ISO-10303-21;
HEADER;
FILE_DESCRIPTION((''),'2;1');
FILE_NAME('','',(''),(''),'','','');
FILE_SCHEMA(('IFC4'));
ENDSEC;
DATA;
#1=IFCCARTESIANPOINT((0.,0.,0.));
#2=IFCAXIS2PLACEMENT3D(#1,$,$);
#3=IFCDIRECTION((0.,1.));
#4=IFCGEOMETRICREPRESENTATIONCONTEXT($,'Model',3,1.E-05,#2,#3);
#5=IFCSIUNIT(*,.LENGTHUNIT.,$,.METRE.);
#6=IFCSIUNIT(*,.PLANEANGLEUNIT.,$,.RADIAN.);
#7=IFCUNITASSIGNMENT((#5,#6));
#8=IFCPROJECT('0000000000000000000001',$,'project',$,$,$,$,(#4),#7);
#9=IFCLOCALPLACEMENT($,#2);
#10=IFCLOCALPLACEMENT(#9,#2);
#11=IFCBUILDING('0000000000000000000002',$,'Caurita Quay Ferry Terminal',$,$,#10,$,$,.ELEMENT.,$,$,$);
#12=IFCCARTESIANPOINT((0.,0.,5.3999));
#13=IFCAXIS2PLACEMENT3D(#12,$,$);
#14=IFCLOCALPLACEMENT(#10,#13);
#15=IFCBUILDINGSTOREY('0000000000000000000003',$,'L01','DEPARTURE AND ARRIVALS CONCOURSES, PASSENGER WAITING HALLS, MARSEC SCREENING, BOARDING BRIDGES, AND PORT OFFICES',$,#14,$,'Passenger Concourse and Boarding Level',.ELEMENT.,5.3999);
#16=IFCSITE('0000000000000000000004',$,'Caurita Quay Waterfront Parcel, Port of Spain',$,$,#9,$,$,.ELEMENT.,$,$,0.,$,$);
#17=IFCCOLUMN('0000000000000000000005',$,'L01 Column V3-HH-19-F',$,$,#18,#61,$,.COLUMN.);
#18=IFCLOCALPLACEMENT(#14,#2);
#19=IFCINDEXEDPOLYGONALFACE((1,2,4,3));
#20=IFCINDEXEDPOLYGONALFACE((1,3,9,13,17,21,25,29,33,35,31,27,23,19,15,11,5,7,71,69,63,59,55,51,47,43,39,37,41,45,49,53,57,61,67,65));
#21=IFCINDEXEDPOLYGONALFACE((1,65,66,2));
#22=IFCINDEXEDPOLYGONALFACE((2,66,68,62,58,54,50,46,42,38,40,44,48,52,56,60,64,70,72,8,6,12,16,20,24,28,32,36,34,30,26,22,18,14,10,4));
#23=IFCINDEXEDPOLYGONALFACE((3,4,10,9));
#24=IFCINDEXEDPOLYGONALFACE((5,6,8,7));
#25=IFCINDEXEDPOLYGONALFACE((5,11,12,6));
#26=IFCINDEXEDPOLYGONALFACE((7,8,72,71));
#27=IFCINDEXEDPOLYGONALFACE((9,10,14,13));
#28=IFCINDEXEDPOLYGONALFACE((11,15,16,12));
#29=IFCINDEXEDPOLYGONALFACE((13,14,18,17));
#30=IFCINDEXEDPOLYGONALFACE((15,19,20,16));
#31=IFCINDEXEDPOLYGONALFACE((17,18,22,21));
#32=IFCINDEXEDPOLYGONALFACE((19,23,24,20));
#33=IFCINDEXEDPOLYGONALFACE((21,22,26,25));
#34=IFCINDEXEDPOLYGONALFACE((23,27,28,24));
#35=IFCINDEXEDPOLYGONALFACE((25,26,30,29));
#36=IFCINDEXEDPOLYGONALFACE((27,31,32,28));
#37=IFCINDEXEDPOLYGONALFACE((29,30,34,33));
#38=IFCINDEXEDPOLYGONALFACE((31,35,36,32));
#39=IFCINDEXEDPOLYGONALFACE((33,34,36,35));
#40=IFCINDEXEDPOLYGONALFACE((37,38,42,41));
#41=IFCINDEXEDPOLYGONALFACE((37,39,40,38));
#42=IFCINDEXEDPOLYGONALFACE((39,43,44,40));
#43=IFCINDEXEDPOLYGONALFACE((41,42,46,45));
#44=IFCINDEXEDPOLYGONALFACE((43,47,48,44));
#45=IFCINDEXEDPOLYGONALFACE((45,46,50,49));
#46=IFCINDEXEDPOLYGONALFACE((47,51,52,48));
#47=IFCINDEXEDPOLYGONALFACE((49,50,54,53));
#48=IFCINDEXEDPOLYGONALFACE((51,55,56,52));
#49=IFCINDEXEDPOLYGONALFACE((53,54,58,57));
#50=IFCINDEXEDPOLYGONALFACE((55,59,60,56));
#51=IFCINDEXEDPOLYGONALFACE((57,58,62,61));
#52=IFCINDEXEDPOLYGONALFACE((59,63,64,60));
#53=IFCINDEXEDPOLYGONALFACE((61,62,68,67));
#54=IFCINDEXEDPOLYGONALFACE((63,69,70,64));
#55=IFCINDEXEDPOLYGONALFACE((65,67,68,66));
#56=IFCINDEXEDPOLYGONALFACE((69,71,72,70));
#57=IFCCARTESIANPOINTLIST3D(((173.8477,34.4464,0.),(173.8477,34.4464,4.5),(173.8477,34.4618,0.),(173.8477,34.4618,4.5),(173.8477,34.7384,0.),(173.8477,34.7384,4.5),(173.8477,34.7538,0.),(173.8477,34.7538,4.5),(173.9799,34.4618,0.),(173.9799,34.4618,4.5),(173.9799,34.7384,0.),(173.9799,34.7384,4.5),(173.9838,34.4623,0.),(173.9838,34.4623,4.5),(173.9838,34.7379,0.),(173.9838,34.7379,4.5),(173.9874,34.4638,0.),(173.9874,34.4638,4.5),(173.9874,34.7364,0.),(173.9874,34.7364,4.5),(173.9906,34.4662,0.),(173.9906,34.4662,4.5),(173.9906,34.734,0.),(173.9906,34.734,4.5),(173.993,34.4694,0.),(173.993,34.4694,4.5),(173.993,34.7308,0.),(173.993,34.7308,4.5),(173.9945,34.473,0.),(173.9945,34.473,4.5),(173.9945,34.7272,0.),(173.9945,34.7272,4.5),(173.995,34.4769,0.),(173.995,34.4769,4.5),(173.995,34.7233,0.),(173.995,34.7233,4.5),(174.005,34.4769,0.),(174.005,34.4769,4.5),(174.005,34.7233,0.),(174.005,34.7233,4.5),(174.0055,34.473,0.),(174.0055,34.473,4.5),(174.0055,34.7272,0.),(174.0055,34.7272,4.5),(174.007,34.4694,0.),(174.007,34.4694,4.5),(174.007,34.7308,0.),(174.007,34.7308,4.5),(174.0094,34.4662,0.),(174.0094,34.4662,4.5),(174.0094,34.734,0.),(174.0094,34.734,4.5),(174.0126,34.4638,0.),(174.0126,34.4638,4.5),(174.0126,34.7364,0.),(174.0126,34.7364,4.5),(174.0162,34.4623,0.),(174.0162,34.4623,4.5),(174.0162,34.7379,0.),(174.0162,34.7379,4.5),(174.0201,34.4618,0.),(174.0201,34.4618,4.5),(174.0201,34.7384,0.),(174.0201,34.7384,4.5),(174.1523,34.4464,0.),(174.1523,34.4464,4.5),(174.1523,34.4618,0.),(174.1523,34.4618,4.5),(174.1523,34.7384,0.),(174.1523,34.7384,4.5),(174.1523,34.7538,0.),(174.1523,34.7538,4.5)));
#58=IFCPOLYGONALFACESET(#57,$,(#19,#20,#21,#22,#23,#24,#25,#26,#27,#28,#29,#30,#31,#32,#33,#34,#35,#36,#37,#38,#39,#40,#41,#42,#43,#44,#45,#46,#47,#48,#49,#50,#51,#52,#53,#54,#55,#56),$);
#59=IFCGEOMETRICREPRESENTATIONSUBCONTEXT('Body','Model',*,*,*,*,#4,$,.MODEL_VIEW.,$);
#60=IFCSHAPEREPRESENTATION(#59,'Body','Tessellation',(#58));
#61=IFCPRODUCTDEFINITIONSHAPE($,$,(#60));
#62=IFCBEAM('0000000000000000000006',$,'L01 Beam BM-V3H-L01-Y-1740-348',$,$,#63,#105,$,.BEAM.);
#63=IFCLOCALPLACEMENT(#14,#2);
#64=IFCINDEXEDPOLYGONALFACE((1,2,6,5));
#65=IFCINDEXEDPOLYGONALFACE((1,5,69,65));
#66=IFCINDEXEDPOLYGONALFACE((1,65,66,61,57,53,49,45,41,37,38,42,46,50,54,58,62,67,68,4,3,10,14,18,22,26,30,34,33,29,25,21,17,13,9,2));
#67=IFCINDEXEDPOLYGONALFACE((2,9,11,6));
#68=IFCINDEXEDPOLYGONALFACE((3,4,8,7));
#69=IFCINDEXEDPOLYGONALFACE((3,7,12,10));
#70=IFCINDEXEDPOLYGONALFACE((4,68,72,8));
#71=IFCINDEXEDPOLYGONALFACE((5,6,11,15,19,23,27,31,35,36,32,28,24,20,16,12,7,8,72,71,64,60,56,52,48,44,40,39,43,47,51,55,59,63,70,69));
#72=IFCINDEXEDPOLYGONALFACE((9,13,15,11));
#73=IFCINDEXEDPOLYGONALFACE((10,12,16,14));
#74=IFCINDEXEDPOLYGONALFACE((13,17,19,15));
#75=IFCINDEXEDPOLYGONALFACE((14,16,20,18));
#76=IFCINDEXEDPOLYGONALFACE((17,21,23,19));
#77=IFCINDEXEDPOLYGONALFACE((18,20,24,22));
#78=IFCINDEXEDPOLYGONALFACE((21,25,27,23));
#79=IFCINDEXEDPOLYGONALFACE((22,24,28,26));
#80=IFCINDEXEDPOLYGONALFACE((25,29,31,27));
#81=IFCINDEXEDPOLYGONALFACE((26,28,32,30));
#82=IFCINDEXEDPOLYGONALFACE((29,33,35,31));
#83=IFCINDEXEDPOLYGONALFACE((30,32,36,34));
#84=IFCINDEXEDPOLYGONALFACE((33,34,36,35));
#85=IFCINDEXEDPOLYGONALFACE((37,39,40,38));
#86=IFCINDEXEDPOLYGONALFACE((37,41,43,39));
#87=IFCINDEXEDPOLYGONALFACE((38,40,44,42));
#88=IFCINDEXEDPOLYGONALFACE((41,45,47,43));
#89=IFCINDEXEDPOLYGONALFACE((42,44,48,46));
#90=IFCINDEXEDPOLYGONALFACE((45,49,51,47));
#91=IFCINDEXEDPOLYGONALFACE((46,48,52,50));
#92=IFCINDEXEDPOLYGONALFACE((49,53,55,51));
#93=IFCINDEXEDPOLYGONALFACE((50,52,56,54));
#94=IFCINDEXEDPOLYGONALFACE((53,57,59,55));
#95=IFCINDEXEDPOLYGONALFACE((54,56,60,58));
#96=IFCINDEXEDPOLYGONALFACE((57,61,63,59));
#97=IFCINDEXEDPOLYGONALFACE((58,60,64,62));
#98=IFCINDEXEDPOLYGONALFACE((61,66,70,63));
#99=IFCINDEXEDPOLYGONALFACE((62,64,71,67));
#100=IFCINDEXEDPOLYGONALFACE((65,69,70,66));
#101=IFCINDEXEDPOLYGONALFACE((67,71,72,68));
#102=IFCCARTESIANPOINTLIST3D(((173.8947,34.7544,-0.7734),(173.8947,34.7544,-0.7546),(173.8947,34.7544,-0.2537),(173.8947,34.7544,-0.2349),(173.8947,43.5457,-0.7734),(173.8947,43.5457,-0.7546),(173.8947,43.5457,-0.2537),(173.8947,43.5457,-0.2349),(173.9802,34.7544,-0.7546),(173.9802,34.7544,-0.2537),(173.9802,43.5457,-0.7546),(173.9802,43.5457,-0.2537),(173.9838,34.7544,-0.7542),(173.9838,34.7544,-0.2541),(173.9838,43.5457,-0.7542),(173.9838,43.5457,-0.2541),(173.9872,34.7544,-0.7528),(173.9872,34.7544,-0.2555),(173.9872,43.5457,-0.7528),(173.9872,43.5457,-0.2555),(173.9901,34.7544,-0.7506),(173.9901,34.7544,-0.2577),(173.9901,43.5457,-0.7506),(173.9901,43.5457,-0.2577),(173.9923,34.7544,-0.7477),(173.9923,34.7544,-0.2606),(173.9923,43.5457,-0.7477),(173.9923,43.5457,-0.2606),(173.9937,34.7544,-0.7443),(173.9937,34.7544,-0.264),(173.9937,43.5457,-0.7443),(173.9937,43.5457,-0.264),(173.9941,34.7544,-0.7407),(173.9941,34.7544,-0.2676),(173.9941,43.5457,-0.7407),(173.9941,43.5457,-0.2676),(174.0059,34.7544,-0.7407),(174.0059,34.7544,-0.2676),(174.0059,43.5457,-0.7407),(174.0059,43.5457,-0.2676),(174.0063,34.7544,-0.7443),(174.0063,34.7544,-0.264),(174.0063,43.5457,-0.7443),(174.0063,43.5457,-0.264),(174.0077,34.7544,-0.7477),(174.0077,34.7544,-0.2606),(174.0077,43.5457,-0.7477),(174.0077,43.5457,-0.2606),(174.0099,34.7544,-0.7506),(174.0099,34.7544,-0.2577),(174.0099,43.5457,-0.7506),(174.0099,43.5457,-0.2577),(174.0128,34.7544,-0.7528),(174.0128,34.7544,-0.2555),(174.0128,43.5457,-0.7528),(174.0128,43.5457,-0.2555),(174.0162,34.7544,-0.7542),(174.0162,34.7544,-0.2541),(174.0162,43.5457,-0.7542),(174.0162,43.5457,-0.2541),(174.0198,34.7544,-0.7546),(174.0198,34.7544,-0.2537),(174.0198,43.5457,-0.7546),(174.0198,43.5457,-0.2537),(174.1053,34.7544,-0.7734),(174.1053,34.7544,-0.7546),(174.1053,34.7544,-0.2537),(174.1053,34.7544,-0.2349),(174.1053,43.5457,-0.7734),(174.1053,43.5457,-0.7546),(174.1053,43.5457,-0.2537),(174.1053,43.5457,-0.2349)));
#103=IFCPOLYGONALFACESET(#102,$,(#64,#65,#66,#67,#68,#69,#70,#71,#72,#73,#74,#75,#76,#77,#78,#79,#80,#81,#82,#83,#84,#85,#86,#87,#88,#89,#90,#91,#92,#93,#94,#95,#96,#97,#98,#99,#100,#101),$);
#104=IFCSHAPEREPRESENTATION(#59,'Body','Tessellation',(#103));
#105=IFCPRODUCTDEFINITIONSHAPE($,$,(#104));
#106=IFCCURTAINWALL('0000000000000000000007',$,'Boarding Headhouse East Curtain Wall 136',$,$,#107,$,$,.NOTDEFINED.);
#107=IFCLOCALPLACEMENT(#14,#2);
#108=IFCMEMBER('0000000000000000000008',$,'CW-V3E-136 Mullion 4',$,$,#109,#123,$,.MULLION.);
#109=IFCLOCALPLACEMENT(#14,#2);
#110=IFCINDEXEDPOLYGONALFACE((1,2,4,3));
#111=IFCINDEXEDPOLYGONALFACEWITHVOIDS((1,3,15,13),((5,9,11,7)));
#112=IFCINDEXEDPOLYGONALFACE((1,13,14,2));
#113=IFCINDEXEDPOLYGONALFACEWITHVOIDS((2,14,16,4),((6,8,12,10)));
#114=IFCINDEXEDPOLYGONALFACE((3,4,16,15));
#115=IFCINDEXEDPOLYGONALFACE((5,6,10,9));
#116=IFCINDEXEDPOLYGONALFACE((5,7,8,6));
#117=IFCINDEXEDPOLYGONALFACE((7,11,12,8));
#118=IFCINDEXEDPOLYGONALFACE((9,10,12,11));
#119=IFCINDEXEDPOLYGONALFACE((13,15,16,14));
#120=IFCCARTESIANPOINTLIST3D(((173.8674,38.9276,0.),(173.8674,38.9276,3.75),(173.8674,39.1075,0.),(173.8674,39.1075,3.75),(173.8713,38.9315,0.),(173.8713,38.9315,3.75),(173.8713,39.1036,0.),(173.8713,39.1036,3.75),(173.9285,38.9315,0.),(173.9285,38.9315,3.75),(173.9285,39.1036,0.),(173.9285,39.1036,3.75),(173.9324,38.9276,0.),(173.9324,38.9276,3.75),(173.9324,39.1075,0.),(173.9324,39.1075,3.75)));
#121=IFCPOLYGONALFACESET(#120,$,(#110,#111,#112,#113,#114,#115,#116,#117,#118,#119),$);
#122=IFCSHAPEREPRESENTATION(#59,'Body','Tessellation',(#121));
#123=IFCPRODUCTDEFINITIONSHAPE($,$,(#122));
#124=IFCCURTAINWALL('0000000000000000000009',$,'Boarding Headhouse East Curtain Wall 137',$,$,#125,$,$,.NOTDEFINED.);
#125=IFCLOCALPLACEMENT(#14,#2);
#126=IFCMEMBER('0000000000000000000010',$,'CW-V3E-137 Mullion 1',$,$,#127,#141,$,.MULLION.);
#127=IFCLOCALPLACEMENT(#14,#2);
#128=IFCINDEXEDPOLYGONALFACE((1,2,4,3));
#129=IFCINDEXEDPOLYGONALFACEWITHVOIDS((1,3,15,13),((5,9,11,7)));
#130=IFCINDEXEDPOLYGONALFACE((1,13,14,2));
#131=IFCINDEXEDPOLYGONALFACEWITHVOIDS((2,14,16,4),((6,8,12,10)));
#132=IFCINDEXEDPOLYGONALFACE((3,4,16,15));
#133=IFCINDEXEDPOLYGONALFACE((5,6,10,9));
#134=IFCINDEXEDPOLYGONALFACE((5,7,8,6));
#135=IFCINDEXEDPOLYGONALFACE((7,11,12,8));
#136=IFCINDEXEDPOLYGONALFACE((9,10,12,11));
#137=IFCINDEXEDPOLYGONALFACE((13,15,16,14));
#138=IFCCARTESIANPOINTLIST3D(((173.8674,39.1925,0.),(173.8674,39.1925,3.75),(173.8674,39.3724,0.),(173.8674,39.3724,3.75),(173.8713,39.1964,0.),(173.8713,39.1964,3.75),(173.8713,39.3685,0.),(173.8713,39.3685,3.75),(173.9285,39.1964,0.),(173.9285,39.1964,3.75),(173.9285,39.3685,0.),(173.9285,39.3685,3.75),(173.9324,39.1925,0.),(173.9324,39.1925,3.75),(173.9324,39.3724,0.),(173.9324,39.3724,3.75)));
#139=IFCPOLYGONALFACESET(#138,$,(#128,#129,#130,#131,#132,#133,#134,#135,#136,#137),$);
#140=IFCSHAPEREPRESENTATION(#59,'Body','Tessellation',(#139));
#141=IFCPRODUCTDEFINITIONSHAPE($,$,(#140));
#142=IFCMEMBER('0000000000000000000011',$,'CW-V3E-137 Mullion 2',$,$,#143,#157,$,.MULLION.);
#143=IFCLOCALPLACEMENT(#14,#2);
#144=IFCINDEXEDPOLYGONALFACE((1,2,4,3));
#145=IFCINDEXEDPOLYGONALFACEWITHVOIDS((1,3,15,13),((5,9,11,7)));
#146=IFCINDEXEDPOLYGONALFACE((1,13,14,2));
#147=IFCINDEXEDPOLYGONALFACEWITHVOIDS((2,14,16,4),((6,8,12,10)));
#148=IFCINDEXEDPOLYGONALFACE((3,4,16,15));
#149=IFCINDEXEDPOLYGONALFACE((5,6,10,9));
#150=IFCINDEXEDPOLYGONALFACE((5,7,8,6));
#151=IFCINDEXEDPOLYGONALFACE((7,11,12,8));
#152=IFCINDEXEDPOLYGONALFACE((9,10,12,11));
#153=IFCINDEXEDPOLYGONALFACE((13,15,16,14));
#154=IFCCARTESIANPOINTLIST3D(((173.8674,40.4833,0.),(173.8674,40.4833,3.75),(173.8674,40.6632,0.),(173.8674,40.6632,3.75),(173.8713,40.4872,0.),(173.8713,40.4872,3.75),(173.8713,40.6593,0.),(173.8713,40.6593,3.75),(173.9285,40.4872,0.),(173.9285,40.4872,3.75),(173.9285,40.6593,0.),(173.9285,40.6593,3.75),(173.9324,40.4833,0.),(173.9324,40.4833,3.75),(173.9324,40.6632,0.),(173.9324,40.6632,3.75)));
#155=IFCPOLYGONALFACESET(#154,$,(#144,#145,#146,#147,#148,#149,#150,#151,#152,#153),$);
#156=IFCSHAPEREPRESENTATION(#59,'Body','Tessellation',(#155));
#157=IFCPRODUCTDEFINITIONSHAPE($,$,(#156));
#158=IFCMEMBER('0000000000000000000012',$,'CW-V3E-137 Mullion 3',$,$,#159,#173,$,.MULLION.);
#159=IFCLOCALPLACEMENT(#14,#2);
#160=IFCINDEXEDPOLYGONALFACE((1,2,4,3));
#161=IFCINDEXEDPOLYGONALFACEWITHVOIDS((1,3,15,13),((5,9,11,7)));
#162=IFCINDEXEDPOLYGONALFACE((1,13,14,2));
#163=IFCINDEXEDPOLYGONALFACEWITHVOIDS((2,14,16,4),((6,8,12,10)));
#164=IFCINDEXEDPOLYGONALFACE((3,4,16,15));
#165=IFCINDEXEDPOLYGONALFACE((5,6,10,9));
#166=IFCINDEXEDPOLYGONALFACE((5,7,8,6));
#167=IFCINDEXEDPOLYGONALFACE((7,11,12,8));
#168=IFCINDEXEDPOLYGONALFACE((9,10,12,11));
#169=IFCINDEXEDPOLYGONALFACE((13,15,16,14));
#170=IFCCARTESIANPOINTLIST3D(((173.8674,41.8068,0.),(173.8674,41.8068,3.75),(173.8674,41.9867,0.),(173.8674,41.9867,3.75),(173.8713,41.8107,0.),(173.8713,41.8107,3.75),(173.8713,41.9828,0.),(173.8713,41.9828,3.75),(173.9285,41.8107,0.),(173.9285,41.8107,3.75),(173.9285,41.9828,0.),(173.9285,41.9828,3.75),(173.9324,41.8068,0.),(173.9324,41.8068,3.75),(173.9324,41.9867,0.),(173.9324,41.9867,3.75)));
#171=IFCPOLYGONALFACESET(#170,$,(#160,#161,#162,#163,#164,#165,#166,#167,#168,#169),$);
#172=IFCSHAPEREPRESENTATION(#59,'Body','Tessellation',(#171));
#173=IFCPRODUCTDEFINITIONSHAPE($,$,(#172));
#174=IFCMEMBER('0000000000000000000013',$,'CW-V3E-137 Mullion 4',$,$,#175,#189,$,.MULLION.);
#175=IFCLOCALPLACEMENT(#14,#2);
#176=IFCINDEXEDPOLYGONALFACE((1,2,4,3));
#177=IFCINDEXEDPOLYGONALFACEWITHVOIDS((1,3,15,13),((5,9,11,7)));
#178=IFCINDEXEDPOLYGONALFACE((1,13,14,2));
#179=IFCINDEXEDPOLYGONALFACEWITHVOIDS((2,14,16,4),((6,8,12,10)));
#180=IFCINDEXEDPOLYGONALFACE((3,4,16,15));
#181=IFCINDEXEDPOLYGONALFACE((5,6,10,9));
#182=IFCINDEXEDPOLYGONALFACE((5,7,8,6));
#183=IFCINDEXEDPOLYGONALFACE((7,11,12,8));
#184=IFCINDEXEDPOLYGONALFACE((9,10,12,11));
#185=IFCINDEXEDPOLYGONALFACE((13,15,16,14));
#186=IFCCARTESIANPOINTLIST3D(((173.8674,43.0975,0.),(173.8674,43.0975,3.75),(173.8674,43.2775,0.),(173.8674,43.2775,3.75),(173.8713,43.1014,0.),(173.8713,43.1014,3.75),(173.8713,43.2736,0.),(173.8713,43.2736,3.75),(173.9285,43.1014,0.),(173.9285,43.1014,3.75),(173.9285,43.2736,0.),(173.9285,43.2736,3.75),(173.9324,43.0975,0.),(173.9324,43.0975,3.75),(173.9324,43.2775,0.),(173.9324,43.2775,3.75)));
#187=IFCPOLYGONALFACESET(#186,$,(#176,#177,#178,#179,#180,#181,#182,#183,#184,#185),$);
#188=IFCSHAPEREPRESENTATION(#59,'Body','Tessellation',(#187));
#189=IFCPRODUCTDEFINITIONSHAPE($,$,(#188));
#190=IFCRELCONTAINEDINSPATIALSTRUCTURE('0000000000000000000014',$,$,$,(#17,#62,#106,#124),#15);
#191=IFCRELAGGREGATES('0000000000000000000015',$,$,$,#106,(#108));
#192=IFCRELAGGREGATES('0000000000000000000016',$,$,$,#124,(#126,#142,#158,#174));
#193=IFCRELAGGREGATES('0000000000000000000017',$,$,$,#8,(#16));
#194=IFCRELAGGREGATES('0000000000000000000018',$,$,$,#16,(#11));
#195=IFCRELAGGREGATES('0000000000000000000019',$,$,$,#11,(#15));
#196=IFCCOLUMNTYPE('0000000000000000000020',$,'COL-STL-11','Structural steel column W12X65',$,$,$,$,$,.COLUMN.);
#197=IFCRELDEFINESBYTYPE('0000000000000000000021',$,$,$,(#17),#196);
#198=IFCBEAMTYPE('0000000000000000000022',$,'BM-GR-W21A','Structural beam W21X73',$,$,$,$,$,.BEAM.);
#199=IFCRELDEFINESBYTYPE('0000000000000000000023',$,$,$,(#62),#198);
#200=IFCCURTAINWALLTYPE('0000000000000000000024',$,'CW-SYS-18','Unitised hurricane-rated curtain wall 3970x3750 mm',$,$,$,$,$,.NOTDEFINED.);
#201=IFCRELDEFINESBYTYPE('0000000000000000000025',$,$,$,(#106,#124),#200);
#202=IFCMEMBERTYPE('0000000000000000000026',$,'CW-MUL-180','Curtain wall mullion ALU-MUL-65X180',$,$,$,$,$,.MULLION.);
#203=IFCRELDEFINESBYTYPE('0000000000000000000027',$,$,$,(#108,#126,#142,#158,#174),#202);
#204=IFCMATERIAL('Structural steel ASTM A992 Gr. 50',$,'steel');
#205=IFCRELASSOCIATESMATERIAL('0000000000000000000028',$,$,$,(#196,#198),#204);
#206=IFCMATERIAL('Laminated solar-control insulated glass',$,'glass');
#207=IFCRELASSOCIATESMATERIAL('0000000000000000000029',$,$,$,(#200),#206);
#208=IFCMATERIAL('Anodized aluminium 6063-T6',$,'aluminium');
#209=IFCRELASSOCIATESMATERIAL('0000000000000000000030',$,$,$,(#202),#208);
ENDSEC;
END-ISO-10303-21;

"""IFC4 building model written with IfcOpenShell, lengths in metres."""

from ifc_helpers import new_model, si_unit, direction, frame, origin, origin_2d, place, context, subcontext, project, spatial, hollow_rectangle, i_section, extrude, material, material_profile, profile_set, type_object, element, aggregate, save


model = new_model("IFC4")

# Units and contexts
model_context = context("Model", 3, precision=1e-05, world=origin(), true_north=direction((0.0, 1.0)))
body_context = subcontext(model_context, "Body", "Model", "MODEL_VIEW")
ifc_project = project(units=[si_unit("LENGTHUNIT", "METRE"), si_unit("PLANEANGLEUNIT", "RADIAN")], contexts=[model_context])

# Site, building, storey
site_placement = place(None, origin())
site = spatial("IfcSite", under=ifc_project, at=site_placement, Name="Caurita Quay Waterfront Parcel, Port of Spain", CompositionType="ELEMENT", RefElevation=0.0)
building_placement = place(site_placement, origin())
building = spatial("IfcBuilding", under=site, at=building_placement, Name="Caurita Quay Ferry Terminal", CompositionType="ELEMENT")
storey_placement = place(building_placement, frame((0.0, 0.0, 5.3999)))
storey = spatial("IfcBuildingStorey", under=building, at=storey_placement, Name="L01", Description="DEPARTURE AND ARRIVALS CONCOURSES, PASSENGER WAITING HALLS, MARSEC SCREENING, BOARDING BRIDGES, AND PORT OFFICES", LongName="Passenger Concourse and Boarding Level", CompositionType="ELEMENT", Elevation=5.3999)

# Column
ifc_material_1 = material(Name="Structural steel ASTM A992 Gr. 50", Category="steel")
ifc_material_profile_1 = material_profile(ifc_material_1, i_section(OverallWidth=0.3047, OverallDepth=0.3074, WebThickness=0.01, FlangeThickness=0.0154, FilletRadius=0.0151, at=origin_2d()), Name="W12X65")
ifc_profile_set_1 = profile_set([ifc_material_profile_1], Name="Structural steel ASTM A992 Gr. 50")
column_type = type_object("IfcColumnType", Name="COL-STL-11", Description="Structural steel column W12X65", PredefinedType="COLUMN", material=ifc_profile_set_1)
column_placement = place(storey_placement, frame((174.0, 34.6001, 0.0), z_axis=(0.0, 0.0, 1.0), x_axis=(1.0, 0.0, 0.0)))
element("IfcColumn", 1, at=column_placement, inside=storey, type_object=column_type, Name="L01 Column V3-HH-19-F", PredefinedType="COLUMN", context=body_context, shape_type="SweptSolid", body=[
    extrude(i_section(OverallWidth=0.3047, OverallDepth=0.3074, WebThickness=0.01, FlangeThickness=0.0154, FilletRadius=0.0151, at=origin_2d()), origin(), (0.0, 0.0, 1.0), 4.5),
])

# Beam
ifc_material_profile_2 = material_profile(ifc_material_1, i_section(OverallWidth=0.2107, OverallDepth=0.5386, WebThickness=0.0117, FlangeThickness=0.0188, FilletRadius=0.0139, at=origin_2d()), Name="W21X73")
ifc_profile_set_2 = profile_set([ifc_material_profile_2], Name="Structural steel ASTM A992 Gr. 50")
beam_type = type_object("IfcBeamType", Name="BM-GR-W21A", Description="Structural beam W21X73", PredefinedType="BEAM", material=ifc_profile_set_2)
beam_placement = place(storey_placement, frame((174.0, 34.7544, -0.5042), z_axis=(0.0, 1.0, 0.0), x_axis=(-1.0, 0.0, 0.0)))
element("IfcBeam", 2, at=beam_placement, inside=storey, type_object=beam_type, Name="L01 Beam BM-V3H-L01-Y-1740-348", PredefinedType="BEAM", context=body_context, shape_type="SweptSolid", body=[
    extrude(i_section(OverallWidth=0.2107, OverallDepth=0.5386, WebThickness=0.0117, FlangeThickness=0.0188, FilletRadius=0.0139, at=origin_2d()), origin(), (0.0, 0.0, 1.0), 8.7913),
])

# Curtain wall, member
ifc_material_2 = material(Name="Laminated solar-control insulated glass", Category="glass")
curtain_wall_type = type_object("IfcCurtainWallType", Name="CW-SYS-18", Description="Unitised hurricane-rated curtain wall 3970x3750 mm", PredefinedType="NOTDEFINED", material=ifc_material_2)
curtain_wall_1_placement = place(storey_placement, origin())
curtain_wall_1 = element("IfcCurtainWall", 3, at=curtain_wall_1_placement, inside=storey, type_object=curtain_wall_type, Name="Boarding Headhouse East Curtain Wall 136", PredefinedType="NOTDEFINED")
ifc_material_3 = material(Name="Anodized aluminium 6063-T6", Category="aluminium")
ifc_material_profile_3 = material_profile(ifc_material_3, hollow_rectangle(XDim=0.0649, YDim=0.1799, WallThickness=0.0039, at=origin_2d()), Name="ALU-MUL-65X180")
ifc_profile_set_3 = profile_set([ifc_material_profile_3], Name="Anodized aluminium 6063-T6")
member_type_1 = type_object("IfcMemberType", Name="CW-MUL-180", Description="Curtain wall mullion ALU-MUL-65X180", PredefinedType="MULLION", material=ifc_profile_set_3)
member_1_placement = place(storey_placement, frame((173.8999, 39.0176, 0.0), z_axis=(0.0, 0.0, 1.0), x_axis=(-1.0, 0.0, 0.0)))
member_1 = element("IfcMember", 4, at=member_1_placement, type_object=member_type_1, Name="CW-V3E-136 Mullion 4", PredefinedType="MULLION", context=body_context, shape_type="SweptSolid", body=[
    extrude(hollow_rectangle(XDim=0.0649, YDim=0.1799, WallThickness=0.0039, at=origin_2d()), origin(), (0.0, 0.0, 1.0), 3.75),
])

# Curtain wall, members
curtain_wall_2_placement = place(storey_placement, origin())
curtain_wall_2 = element("IfcCurtainWall", 5, at=curtain_wall_2_placement, inside=storey, type_object=curtain_wall_type, Name="Boarding Headhouse East Curtain Wall 137", PredefinedType="NOTDEFINED")
member_2_placement = place(storey_placement, frame((173.8999, 39.2825, 0.0), z_axis=(0.0, 0.0, 1.0), x_axis=(-1.0, 0.0, 0.0)))
member_2 = element("IfcMember", 6, at=member_2_placement, type_object=member_type_1, Name="CW-V3E-137 Mullion 1", PredefinedType="MULLION", context=body_context, shape_type="SweptSolid", body=[
    extrude(hollow_rectangle(XDim=0.0649, YDim=0.1799, WallThickness=0.0039, at=origin_2d()), origin(), (0.0, 0.0, 1.0), 3.75),
])
member_3_placement = place(storey_placement, frame((173.8999, 40.5732, 0.0), z_axis=(0.0, 0.0, 1.0), x_axis=(-1.0, 0.0, 0.0)))
member_3 = element("IfcMember", 7, at=member_3_placement, type_object=member_type_1, Name="CW-V3E-137 Mullion 2", PredefinedType="MULLION", context=body_context, shape_type="SweptSolid", body=[
    extrude(hollow_rectangle(XDim=0.0649, YDim=0.1799, WallThickness=0.0039, at=origin_2d()), origin(), (0.0, 0.0, 1.0), 3.75),
])
member_4_placement = place(storey_placement, frame((173.8999, 41.8967, 0.0), z_axis=(0.0, 0.0, 1.0), x_axis=(-1.0, 0.0, 0.0)))
member_4 = element("IfcMember", 8, at=member_4_placement, type_object=member_type_1, Name="CW-V3E-137 Mullion 3", PredefinedType="MULLION", context=body_context, shape_type="SweptSolid", body=[
    extrude(hollow_rectangle(XDim=0.0649, YDim=0.1799, WallThickness=0.0039, at=origin_2d()), origin(), (0.0, 0.0, 1.0), 3.75),
])
member_5_placement = place(storey_placement, frame((173.8999, 43.1875, 0.0), z_axis=(0.0, 0.0, 1.0), x_axis=(-1.0, 0.0, 0.0)))
member_5 = element("IfcMember", 9, at=member_5_placement, type_object=member_type_1, Name="CW-V3E-137 Mullion 4", PredefinedType="MULLION", context=body_context, shape_type="SweptSolid", body=[
    extrude(hollow_rectangle(XDim=0.0649, YDim=0.1799, WallThickness=0.0039, at=origin_2d()), origin(), (0.0, 0.0, 1.0), 3.75),
])

aggregate(curtain_wall_1, [member_1])
aggregate(curtain_wall_2, [member_2, member_3, member_4, member_5])

save(model, "model.ifc")
